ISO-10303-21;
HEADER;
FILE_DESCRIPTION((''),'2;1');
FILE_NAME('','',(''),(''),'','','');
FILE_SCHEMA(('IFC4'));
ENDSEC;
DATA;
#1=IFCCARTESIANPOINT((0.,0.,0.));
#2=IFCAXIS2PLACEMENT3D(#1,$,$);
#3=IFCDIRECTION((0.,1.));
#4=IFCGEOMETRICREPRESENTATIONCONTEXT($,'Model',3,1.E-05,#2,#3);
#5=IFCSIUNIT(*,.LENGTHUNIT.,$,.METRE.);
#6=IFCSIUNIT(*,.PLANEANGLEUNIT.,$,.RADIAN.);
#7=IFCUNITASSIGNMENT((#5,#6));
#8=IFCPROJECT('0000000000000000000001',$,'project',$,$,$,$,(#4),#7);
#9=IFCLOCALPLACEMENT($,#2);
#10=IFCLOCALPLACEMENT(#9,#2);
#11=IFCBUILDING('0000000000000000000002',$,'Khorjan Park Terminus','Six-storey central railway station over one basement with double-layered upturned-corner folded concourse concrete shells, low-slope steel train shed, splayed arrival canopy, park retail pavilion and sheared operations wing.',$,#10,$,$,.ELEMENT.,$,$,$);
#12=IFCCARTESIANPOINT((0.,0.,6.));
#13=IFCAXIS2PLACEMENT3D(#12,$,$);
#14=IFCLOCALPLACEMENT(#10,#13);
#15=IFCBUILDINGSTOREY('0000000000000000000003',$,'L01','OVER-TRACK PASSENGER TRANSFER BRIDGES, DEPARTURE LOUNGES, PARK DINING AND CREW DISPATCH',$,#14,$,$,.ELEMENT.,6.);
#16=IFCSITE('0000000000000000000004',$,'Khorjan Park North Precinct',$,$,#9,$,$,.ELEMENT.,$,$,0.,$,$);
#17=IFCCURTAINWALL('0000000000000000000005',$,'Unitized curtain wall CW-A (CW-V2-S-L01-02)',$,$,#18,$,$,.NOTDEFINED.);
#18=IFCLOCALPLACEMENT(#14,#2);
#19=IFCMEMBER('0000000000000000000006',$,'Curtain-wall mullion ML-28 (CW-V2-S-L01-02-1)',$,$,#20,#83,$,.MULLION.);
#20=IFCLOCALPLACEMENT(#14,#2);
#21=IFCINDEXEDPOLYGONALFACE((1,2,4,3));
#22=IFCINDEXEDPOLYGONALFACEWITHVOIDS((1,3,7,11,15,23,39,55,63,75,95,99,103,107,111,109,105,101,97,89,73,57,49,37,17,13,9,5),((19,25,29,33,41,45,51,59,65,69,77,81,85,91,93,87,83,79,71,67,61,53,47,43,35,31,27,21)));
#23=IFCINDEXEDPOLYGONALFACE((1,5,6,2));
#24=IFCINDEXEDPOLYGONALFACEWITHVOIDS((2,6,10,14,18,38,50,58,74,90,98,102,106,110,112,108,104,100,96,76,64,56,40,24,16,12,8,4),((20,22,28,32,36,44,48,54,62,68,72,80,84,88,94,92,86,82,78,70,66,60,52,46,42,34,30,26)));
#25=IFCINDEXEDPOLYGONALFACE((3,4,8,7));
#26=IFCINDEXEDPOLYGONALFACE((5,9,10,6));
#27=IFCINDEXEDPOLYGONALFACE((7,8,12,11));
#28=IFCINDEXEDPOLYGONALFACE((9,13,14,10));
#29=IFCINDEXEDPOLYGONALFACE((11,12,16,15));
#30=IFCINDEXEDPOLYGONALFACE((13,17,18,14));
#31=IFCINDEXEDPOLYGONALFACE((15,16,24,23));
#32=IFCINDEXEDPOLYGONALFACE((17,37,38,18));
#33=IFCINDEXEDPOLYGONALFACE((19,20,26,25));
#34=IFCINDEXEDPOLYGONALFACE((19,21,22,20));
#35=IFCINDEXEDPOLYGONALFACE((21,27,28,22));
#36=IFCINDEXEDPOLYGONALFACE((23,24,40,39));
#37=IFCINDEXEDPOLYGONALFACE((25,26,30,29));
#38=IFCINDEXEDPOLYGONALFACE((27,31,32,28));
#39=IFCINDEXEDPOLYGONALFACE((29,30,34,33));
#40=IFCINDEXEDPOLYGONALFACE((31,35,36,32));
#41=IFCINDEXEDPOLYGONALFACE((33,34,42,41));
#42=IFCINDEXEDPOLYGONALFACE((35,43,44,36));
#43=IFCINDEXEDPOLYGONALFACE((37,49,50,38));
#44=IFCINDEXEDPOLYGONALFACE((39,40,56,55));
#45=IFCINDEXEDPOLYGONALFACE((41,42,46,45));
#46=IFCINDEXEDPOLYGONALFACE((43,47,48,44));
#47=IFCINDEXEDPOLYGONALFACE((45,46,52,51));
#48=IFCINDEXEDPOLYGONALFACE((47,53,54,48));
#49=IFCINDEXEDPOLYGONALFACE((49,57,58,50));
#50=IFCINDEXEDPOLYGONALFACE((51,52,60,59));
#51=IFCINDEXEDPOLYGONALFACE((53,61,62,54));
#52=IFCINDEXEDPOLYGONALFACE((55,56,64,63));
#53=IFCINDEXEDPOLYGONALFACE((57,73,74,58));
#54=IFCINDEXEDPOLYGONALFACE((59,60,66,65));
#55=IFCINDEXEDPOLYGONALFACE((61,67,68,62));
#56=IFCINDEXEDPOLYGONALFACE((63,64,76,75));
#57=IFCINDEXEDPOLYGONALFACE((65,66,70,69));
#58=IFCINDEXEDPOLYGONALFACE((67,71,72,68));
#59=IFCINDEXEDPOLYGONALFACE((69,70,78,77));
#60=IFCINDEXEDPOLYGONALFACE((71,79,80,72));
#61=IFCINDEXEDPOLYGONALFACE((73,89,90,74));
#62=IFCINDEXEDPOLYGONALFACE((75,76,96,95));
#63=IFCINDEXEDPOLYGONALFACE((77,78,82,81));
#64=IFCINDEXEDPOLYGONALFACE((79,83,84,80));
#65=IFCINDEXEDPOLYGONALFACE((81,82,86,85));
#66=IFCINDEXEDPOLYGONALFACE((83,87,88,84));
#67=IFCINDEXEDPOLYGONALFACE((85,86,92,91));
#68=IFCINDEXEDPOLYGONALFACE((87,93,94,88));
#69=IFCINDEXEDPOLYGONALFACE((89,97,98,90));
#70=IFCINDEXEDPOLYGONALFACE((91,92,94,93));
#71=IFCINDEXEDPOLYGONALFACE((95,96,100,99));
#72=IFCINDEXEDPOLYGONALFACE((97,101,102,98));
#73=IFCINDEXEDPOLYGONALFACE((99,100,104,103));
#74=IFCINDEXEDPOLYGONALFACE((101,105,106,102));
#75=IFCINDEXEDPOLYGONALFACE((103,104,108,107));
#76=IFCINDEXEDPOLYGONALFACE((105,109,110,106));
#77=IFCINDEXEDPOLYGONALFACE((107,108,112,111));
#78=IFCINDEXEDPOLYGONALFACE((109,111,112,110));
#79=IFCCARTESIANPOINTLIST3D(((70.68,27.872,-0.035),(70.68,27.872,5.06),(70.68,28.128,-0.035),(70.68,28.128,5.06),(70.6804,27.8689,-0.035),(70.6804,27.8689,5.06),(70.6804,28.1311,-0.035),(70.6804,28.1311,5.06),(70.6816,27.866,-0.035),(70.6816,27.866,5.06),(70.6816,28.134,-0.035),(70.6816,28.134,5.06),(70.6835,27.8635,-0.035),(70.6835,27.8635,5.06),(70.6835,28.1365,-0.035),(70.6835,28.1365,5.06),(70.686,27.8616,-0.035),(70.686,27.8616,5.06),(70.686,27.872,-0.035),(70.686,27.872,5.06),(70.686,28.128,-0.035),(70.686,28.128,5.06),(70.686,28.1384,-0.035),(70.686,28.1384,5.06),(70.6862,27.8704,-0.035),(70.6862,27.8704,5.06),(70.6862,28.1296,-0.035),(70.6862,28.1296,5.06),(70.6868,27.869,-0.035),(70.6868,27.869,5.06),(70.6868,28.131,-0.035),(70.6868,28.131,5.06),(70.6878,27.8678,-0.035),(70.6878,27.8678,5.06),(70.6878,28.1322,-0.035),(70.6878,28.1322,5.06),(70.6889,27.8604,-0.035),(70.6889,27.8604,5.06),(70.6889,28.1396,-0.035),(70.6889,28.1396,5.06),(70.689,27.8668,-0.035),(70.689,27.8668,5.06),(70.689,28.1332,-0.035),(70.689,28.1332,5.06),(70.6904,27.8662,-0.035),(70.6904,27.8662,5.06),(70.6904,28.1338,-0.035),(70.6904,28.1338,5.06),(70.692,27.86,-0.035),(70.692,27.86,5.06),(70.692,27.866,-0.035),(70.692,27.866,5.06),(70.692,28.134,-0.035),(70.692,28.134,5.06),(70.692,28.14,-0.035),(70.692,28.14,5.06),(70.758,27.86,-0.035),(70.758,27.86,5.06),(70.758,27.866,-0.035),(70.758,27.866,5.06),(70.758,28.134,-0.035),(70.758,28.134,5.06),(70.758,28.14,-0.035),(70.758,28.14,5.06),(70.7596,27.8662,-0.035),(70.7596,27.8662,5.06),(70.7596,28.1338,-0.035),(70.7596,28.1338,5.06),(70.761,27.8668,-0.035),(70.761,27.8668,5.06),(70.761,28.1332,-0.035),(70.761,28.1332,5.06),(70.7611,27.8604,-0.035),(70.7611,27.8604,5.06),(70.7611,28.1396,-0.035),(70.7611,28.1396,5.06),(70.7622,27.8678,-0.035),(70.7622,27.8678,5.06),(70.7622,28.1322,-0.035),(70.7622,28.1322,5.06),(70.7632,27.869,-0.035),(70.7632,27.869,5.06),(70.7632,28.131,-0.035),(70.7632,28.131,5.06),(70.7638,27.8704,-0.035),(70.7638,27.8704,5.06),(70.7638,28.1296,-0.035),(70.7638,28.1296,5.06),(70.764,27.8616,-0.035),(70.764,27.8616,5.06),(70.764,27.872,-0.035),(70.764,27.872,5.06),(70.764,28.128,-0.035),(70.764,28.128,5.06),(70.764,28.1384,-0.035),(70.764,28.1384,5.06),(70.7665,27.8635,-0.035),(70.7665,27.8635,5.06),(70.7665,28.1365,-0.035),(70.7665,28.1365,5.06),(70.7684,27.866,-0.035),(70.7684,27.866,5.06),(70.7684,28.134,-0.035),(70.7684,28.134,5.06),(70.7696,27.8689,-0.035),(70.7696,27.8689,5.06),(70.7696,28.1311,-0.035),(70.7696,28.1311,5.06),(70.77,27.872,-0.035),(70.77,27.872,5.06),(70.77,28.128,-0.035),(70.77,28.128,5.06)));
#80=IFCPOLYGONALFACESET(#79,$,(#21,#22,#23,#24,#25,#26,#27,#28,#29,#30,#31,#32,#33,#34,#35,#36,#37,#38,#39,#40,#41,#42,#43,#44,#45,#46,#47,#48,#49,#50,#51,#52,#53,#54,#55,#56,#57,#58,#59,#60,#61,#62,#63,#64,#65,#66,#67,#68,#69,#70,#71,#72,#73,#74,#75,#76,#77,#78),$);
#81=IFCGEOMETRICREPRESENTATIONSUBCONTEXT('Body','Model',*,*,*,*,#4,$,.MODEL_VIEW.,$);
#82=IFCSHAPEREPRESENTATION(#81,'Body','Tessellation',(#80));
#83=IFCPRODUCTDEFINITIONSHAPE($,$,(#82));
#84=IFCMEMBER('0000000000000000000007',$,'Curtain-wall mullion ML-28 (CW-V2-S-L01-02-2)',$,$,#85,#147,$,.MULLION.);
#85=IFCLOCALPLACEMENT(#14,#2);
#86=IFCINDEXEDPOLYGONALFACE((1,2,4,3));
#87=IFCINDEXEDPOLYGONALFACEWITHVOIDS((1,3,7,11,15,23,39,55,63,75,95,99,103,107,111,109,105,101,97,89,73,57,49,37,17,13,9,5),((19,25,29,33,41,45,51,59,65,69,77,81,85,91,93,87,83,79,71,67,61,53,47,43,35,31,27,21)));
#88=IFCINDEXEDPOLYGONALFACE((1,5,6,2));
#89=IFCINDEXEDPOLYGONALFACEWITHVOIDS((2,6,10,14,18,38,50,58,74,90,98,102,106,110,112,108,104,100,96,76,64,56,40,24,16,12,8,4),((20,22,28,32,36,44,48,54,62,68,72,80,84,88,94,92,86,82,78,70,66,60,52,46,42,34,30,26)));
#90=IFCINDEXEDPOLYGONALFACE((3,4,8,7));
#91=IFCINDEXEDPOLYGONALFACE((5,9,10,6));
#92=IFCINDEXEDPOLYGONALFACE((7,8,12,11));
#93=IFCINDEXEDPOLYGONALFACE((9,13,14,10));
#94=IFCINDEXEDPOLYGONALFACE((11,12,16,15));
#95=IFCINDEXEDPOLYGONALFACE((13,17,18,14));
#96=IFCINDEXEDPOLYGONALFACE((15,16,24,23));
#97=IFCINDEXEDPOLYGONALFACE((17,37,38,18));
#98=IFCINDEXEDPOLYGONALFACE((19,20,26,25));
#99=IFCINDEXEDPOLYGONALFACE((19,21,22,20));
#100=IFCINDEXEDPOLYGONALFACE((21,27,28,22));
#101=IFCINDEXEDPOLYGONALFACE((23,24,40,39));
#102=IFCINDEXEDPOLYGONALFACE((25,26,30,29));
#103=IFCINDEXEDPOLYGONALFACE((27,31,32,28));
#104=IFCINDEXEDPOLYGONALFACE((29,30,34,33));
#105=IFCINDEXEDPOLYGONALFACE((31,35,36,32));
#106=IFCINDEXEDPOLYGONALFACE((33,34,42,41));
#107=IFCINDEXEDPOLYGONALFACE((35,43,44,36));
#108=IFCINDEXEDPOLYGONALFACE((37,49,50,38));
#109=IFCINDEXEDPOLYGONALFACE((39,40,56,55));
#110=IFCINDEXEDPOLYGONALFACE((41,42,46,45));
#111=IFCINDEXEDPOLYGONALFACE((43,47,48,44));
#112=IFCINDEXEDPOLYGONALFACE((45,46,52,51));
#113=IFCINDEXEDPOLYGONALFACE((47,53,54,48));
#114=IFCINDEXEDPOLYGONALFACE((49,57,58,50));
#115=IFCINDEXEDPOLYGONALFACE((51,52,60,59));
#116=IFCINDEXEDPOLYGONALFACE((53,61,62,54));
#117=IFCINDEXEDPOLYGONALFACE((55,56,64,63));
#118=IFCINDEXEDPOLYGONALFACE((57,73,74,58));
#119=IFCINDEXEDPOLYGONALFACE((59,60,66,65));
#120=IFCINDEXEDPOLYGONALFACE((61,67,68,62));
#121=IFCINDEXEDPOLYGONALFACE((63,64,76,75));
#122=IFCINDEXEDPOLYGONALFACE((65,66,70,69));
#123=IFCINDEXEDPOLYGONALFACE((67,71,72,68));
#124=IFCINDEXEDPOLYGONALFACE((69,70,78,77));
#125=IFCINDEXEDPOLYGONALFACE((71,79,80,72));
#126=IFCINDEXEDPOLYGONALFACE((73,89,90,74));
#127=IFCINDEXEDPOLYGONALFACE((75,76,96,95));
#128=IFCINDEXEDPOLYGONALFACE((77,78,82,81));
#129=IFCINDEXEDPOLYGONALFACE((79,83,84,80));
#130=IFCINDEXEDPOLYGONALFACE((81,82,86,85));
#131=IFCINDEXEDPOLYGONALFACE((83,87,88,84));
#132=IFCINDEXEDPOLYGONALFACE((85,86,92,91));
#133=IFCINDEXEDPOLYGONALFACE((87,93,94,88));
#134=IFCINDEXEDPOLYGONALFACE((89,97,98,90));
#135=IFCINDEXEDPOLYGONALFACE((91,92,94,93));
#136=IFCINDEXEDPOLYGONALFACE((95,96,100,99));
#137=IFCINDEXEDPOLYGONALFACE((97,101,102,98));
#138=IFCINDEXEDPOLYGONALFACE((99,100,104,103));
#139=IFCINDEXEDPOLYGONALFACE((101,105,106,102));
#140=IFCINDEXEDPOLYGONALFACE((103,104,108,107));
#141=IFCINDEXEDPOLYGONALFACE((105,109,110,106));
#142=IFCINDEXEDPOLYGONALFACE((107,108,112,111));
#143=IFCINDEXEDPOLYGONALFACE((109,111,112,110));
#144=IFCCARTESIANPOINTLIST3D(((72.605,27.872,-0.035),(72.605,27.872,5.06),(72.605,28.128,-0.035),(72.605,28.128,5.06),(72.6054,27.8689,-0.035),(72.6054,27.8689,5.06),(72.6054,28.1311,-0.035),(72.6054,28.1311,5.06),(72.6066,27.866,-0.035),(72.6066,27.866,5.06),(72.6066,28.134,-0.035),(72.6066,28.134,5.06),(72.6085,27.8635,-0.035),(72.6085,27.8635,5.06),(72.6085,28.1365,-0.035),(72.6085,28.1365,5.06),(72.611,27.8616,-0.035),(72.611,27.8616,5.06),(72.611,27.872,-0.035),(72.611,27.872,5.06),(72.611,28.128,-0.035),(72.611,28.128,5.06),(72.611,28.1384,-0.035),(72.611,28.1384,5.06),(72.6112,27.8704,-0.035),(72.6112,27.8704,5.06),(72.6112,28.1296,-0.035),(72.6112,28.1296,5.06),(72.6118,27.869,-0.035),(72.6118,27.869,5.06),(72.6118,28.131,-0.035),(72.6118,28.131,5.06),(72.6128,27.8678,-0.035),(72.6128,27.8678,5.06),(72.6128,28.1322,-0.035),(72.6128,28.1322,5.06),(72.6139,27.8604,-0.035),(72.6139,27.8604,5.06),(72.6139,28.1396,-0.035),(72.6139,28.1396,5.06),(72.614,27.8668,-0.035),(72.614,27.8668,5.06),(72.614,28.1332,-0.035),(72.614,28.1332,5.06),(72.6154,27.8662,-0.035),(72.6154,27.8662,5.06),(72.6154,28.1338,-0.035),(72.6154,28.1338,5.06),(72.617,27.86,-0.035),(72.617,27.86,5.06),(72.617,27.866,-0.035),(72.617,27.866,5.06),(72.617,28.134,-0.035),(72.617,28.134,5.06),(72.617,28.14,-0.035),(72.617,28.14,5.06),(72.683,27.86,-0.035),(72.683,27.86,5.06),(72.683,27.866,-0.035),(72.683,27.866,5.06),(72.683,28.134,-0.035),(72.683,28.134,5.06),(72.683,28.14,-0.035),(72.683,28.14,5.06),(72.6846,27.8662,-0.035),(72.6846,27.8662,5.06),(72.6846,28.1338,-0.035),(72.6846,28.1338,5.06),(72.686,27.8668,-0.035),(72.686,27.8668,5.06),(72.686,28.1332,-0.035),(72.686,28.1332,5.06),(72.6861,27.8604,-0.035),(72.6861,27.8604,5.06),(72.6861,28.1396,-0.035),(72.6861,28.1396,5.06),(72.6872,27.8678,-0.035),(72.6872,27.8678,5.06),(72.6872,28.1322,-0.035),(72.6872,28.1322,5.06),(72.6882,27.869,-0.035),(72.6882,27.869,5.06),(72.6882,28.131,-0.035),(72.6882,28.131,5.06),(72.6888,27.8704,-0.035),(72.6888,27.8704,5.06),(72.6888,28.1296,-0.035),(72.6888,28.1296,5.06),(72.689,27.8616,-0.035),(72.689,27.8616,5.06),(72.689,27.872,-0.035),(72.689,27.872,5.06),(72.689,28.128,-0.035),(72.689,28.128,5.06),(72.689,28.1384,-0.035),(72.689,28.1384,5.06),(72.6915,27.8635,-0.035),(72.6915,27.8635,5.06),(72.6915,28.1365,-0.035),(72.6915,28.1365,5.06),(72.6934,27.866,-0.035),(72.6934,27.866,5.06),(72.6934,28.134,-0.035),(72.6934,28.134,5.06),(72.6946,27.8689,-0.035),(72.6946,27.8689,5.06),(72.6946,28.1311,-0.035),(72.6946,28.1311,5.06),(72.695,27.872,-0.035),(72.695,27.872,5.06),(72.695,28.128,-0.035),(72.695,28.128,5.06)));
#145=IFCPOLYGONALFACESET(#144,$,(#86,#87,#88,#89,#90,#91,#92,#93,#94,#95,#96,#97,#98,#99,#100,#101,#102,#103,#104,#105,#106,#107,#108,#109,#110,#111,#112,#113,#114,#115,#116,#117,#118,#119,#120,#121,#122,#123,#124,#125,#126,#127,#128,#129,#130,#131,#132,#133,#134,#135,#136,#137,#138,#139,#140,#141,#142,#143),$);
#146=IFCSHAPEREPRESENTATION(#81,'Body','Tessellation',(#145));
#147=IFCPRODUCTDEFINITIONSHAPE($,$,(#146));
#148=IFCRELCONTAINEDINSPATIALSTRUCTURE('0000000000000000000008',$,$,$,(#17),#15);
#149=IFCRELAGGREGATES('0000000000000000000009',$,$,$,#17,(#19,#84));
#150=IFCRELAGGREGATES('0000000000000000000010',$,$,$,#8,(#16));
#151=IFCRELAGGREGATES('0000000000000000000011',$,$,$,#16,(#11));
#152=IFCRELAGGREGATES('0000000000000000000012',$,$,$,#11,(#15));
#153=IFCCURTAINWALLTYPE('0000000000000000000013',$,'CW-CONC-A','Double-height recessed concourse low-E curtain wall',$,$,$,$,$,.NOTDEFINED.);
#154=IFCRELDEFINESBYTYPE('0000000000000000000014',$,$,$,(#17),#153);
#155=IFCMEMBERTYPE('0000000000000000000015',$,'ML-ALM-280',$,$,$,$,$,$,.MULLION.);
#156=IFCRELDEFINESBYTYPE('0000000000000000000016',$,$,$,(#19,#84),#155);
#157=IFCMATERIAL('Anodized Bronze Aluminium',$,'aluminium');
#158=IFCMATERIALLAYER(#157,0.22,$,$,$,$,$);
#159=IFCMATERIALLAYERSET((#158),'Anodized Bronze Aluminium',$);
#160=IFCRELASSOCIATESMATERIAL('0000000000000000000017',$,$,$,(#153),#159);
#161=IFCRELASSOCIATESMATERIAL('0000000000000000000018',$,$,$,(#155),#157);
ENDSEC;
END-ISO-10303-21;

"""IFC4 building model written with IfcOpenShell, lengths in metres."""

from ifc_helpers import new_model, si_unit, direction, frame, origin, origin_2d, place, context, subcontext, project, spatial, hollow_rectangle, extrude, material, layer, layer_set, material_profile, profile_set, type_object, element, aggregate, save


model = new_model("IFC4")

# Units and contexts
model_context = context("Model", 3, precision=1e-05, world=origin(), true_north=direction((0.0, 1.0)))
body_context = subcontext(model_context, "Body", "Model", "MODEL_VIEW")
ifc_project = project(units=[si_unit("LENGTHUNIT", "METRE"), si_unit("PLANEANGLEUNIT", "RADIAN")], contexts=[model_context])

# Site, building, storey
site_placement = place(None, origin())
site = spatial("IfcSite", under=ifc_project, at=site_placement, Name="Khorjan Park North Precinct", CompositionType="ELEMENT", RefElevation=0.0)
building_placement = place(site_placement, origin())
building = spatial("IfcBuilding", under=site, at=building_placement, Name="Khorjan Park Terminus", Description="Six-storey central railway station over one basement with double-layered upturned-corner folded concourse concrete shells, low-slope steel train shed, splayed arrival canopy, park retail pavilion and sheared operations wing.", CompositionType="ELEMENT")
storey_placement = place(building_placement, frame((0.0, 0.0, 6.0)))
storey = spatial("IfcBuildingStorey", under=building, at=storey_placement, Name="L01", Description="OVER-TRACK PASSENGER TRANSFER BRIDGES, DEPARTURE LOUNGES, PARK DINING AND CREW DISPATCH", CompositionType="ELEMENT", Elevation=6.0)

# Curtain wall, members
ifc_material_1 = material(Name="Anodized Bronze Aluminium", Category="aluminium")
ifc_layer_1 = layer(ifc_material_1, 0.22)
ifc_layer_set_1 = layer_set([ifc_layer_1], Name="Anodized Bronze Aluminium")
curtain_wall_type = type_object("IfcCurtainWallType", Name="CW-CONC-A", Description="Double-height recessed concourse low-E curtain wall", PredefinedType="NOTDEFINED", material=ifc_layer_set_1)
curtain_wall_1_placement = place(storey_placement, origin())
curtain_wall_1 = element("IfcCurtainWall", 1, at=curtain_wall_1_placement, inside=storey, type_object=curtain_wall_type, Name="Unitized curtain wall CW-A (CW-V2-S-L01-02)", PredefinedType="NOTDEFINED")
ifc_material_profile_1 = material_profile(ifc_material_1, hollow_rectangle(XDim=0.09, YDim=0.28, WallThickness=0.006, InnerFilletRadius=0.006, OuterFilletRadius=0.012, at=origin_2d()), Name="ALM 90x280x6")
ifc_profile_set_1 = profile_set([ifc_material_profile_1], Name="Anodized Bronze Aluminium")
member_type_1 = type_object("IfcMemberType", Name="ML-ALM-280", PredefinedType="MULLION", material=ifc_profile_set_1)
member_1_placement = place(storey_placement, frame((70.725, 28.0, -0.035), z_axis=(0.0, 0.0, 1.0), x_axis=(1.0, 0.0, 0.0)))
member_1 = element("IfcMember", 2, at=member_1_placement, type_object=member_type_1, Name="Curtain-wall mullion ML-28 (CW-V2-S-L01-02-1)", PredefinedType="MULLION", context=body_context, shape_type="SweptSolid", body=[
    extrude(hollow_rectangle(XDim=0.09, YDim=0.28, WallThickness=0.006, InnerFilletRadius=0.006, OuterFilletRadius=0.012, at=origin_2d()), origin(), (0.0, 0.0, 1.0), 5.095),
])
member_2_placement = place(storey_placement, frame((72.65, 28.0, -0.035), z_axis=(0.0, 0.0, 1.0), x_axis=(1.0, 0.0, 0.0)))
member_2 = element("IfcMember", 3, at=member_2_placement, type_object=member_type_1, Name="Curtain-wall mullion ML-28 (CW-V2-S-L01-02-2)", PredefinedType="MULLION", context=body_context, shape_type="SweptSolid", body=[
    extrude(hollow_rectangle(XDim=0.09, YDim=0.28, WallThickness=0.006, InnerFilletRadius=0.006, OuterFilletRadius=0.012, at=origin_2d()), origin(), (0.0, 0.0, 1.0), 5.095),
])

aggregate(curtain_wall_1, [member_1, member_2])

save(model, "model.ifc")
